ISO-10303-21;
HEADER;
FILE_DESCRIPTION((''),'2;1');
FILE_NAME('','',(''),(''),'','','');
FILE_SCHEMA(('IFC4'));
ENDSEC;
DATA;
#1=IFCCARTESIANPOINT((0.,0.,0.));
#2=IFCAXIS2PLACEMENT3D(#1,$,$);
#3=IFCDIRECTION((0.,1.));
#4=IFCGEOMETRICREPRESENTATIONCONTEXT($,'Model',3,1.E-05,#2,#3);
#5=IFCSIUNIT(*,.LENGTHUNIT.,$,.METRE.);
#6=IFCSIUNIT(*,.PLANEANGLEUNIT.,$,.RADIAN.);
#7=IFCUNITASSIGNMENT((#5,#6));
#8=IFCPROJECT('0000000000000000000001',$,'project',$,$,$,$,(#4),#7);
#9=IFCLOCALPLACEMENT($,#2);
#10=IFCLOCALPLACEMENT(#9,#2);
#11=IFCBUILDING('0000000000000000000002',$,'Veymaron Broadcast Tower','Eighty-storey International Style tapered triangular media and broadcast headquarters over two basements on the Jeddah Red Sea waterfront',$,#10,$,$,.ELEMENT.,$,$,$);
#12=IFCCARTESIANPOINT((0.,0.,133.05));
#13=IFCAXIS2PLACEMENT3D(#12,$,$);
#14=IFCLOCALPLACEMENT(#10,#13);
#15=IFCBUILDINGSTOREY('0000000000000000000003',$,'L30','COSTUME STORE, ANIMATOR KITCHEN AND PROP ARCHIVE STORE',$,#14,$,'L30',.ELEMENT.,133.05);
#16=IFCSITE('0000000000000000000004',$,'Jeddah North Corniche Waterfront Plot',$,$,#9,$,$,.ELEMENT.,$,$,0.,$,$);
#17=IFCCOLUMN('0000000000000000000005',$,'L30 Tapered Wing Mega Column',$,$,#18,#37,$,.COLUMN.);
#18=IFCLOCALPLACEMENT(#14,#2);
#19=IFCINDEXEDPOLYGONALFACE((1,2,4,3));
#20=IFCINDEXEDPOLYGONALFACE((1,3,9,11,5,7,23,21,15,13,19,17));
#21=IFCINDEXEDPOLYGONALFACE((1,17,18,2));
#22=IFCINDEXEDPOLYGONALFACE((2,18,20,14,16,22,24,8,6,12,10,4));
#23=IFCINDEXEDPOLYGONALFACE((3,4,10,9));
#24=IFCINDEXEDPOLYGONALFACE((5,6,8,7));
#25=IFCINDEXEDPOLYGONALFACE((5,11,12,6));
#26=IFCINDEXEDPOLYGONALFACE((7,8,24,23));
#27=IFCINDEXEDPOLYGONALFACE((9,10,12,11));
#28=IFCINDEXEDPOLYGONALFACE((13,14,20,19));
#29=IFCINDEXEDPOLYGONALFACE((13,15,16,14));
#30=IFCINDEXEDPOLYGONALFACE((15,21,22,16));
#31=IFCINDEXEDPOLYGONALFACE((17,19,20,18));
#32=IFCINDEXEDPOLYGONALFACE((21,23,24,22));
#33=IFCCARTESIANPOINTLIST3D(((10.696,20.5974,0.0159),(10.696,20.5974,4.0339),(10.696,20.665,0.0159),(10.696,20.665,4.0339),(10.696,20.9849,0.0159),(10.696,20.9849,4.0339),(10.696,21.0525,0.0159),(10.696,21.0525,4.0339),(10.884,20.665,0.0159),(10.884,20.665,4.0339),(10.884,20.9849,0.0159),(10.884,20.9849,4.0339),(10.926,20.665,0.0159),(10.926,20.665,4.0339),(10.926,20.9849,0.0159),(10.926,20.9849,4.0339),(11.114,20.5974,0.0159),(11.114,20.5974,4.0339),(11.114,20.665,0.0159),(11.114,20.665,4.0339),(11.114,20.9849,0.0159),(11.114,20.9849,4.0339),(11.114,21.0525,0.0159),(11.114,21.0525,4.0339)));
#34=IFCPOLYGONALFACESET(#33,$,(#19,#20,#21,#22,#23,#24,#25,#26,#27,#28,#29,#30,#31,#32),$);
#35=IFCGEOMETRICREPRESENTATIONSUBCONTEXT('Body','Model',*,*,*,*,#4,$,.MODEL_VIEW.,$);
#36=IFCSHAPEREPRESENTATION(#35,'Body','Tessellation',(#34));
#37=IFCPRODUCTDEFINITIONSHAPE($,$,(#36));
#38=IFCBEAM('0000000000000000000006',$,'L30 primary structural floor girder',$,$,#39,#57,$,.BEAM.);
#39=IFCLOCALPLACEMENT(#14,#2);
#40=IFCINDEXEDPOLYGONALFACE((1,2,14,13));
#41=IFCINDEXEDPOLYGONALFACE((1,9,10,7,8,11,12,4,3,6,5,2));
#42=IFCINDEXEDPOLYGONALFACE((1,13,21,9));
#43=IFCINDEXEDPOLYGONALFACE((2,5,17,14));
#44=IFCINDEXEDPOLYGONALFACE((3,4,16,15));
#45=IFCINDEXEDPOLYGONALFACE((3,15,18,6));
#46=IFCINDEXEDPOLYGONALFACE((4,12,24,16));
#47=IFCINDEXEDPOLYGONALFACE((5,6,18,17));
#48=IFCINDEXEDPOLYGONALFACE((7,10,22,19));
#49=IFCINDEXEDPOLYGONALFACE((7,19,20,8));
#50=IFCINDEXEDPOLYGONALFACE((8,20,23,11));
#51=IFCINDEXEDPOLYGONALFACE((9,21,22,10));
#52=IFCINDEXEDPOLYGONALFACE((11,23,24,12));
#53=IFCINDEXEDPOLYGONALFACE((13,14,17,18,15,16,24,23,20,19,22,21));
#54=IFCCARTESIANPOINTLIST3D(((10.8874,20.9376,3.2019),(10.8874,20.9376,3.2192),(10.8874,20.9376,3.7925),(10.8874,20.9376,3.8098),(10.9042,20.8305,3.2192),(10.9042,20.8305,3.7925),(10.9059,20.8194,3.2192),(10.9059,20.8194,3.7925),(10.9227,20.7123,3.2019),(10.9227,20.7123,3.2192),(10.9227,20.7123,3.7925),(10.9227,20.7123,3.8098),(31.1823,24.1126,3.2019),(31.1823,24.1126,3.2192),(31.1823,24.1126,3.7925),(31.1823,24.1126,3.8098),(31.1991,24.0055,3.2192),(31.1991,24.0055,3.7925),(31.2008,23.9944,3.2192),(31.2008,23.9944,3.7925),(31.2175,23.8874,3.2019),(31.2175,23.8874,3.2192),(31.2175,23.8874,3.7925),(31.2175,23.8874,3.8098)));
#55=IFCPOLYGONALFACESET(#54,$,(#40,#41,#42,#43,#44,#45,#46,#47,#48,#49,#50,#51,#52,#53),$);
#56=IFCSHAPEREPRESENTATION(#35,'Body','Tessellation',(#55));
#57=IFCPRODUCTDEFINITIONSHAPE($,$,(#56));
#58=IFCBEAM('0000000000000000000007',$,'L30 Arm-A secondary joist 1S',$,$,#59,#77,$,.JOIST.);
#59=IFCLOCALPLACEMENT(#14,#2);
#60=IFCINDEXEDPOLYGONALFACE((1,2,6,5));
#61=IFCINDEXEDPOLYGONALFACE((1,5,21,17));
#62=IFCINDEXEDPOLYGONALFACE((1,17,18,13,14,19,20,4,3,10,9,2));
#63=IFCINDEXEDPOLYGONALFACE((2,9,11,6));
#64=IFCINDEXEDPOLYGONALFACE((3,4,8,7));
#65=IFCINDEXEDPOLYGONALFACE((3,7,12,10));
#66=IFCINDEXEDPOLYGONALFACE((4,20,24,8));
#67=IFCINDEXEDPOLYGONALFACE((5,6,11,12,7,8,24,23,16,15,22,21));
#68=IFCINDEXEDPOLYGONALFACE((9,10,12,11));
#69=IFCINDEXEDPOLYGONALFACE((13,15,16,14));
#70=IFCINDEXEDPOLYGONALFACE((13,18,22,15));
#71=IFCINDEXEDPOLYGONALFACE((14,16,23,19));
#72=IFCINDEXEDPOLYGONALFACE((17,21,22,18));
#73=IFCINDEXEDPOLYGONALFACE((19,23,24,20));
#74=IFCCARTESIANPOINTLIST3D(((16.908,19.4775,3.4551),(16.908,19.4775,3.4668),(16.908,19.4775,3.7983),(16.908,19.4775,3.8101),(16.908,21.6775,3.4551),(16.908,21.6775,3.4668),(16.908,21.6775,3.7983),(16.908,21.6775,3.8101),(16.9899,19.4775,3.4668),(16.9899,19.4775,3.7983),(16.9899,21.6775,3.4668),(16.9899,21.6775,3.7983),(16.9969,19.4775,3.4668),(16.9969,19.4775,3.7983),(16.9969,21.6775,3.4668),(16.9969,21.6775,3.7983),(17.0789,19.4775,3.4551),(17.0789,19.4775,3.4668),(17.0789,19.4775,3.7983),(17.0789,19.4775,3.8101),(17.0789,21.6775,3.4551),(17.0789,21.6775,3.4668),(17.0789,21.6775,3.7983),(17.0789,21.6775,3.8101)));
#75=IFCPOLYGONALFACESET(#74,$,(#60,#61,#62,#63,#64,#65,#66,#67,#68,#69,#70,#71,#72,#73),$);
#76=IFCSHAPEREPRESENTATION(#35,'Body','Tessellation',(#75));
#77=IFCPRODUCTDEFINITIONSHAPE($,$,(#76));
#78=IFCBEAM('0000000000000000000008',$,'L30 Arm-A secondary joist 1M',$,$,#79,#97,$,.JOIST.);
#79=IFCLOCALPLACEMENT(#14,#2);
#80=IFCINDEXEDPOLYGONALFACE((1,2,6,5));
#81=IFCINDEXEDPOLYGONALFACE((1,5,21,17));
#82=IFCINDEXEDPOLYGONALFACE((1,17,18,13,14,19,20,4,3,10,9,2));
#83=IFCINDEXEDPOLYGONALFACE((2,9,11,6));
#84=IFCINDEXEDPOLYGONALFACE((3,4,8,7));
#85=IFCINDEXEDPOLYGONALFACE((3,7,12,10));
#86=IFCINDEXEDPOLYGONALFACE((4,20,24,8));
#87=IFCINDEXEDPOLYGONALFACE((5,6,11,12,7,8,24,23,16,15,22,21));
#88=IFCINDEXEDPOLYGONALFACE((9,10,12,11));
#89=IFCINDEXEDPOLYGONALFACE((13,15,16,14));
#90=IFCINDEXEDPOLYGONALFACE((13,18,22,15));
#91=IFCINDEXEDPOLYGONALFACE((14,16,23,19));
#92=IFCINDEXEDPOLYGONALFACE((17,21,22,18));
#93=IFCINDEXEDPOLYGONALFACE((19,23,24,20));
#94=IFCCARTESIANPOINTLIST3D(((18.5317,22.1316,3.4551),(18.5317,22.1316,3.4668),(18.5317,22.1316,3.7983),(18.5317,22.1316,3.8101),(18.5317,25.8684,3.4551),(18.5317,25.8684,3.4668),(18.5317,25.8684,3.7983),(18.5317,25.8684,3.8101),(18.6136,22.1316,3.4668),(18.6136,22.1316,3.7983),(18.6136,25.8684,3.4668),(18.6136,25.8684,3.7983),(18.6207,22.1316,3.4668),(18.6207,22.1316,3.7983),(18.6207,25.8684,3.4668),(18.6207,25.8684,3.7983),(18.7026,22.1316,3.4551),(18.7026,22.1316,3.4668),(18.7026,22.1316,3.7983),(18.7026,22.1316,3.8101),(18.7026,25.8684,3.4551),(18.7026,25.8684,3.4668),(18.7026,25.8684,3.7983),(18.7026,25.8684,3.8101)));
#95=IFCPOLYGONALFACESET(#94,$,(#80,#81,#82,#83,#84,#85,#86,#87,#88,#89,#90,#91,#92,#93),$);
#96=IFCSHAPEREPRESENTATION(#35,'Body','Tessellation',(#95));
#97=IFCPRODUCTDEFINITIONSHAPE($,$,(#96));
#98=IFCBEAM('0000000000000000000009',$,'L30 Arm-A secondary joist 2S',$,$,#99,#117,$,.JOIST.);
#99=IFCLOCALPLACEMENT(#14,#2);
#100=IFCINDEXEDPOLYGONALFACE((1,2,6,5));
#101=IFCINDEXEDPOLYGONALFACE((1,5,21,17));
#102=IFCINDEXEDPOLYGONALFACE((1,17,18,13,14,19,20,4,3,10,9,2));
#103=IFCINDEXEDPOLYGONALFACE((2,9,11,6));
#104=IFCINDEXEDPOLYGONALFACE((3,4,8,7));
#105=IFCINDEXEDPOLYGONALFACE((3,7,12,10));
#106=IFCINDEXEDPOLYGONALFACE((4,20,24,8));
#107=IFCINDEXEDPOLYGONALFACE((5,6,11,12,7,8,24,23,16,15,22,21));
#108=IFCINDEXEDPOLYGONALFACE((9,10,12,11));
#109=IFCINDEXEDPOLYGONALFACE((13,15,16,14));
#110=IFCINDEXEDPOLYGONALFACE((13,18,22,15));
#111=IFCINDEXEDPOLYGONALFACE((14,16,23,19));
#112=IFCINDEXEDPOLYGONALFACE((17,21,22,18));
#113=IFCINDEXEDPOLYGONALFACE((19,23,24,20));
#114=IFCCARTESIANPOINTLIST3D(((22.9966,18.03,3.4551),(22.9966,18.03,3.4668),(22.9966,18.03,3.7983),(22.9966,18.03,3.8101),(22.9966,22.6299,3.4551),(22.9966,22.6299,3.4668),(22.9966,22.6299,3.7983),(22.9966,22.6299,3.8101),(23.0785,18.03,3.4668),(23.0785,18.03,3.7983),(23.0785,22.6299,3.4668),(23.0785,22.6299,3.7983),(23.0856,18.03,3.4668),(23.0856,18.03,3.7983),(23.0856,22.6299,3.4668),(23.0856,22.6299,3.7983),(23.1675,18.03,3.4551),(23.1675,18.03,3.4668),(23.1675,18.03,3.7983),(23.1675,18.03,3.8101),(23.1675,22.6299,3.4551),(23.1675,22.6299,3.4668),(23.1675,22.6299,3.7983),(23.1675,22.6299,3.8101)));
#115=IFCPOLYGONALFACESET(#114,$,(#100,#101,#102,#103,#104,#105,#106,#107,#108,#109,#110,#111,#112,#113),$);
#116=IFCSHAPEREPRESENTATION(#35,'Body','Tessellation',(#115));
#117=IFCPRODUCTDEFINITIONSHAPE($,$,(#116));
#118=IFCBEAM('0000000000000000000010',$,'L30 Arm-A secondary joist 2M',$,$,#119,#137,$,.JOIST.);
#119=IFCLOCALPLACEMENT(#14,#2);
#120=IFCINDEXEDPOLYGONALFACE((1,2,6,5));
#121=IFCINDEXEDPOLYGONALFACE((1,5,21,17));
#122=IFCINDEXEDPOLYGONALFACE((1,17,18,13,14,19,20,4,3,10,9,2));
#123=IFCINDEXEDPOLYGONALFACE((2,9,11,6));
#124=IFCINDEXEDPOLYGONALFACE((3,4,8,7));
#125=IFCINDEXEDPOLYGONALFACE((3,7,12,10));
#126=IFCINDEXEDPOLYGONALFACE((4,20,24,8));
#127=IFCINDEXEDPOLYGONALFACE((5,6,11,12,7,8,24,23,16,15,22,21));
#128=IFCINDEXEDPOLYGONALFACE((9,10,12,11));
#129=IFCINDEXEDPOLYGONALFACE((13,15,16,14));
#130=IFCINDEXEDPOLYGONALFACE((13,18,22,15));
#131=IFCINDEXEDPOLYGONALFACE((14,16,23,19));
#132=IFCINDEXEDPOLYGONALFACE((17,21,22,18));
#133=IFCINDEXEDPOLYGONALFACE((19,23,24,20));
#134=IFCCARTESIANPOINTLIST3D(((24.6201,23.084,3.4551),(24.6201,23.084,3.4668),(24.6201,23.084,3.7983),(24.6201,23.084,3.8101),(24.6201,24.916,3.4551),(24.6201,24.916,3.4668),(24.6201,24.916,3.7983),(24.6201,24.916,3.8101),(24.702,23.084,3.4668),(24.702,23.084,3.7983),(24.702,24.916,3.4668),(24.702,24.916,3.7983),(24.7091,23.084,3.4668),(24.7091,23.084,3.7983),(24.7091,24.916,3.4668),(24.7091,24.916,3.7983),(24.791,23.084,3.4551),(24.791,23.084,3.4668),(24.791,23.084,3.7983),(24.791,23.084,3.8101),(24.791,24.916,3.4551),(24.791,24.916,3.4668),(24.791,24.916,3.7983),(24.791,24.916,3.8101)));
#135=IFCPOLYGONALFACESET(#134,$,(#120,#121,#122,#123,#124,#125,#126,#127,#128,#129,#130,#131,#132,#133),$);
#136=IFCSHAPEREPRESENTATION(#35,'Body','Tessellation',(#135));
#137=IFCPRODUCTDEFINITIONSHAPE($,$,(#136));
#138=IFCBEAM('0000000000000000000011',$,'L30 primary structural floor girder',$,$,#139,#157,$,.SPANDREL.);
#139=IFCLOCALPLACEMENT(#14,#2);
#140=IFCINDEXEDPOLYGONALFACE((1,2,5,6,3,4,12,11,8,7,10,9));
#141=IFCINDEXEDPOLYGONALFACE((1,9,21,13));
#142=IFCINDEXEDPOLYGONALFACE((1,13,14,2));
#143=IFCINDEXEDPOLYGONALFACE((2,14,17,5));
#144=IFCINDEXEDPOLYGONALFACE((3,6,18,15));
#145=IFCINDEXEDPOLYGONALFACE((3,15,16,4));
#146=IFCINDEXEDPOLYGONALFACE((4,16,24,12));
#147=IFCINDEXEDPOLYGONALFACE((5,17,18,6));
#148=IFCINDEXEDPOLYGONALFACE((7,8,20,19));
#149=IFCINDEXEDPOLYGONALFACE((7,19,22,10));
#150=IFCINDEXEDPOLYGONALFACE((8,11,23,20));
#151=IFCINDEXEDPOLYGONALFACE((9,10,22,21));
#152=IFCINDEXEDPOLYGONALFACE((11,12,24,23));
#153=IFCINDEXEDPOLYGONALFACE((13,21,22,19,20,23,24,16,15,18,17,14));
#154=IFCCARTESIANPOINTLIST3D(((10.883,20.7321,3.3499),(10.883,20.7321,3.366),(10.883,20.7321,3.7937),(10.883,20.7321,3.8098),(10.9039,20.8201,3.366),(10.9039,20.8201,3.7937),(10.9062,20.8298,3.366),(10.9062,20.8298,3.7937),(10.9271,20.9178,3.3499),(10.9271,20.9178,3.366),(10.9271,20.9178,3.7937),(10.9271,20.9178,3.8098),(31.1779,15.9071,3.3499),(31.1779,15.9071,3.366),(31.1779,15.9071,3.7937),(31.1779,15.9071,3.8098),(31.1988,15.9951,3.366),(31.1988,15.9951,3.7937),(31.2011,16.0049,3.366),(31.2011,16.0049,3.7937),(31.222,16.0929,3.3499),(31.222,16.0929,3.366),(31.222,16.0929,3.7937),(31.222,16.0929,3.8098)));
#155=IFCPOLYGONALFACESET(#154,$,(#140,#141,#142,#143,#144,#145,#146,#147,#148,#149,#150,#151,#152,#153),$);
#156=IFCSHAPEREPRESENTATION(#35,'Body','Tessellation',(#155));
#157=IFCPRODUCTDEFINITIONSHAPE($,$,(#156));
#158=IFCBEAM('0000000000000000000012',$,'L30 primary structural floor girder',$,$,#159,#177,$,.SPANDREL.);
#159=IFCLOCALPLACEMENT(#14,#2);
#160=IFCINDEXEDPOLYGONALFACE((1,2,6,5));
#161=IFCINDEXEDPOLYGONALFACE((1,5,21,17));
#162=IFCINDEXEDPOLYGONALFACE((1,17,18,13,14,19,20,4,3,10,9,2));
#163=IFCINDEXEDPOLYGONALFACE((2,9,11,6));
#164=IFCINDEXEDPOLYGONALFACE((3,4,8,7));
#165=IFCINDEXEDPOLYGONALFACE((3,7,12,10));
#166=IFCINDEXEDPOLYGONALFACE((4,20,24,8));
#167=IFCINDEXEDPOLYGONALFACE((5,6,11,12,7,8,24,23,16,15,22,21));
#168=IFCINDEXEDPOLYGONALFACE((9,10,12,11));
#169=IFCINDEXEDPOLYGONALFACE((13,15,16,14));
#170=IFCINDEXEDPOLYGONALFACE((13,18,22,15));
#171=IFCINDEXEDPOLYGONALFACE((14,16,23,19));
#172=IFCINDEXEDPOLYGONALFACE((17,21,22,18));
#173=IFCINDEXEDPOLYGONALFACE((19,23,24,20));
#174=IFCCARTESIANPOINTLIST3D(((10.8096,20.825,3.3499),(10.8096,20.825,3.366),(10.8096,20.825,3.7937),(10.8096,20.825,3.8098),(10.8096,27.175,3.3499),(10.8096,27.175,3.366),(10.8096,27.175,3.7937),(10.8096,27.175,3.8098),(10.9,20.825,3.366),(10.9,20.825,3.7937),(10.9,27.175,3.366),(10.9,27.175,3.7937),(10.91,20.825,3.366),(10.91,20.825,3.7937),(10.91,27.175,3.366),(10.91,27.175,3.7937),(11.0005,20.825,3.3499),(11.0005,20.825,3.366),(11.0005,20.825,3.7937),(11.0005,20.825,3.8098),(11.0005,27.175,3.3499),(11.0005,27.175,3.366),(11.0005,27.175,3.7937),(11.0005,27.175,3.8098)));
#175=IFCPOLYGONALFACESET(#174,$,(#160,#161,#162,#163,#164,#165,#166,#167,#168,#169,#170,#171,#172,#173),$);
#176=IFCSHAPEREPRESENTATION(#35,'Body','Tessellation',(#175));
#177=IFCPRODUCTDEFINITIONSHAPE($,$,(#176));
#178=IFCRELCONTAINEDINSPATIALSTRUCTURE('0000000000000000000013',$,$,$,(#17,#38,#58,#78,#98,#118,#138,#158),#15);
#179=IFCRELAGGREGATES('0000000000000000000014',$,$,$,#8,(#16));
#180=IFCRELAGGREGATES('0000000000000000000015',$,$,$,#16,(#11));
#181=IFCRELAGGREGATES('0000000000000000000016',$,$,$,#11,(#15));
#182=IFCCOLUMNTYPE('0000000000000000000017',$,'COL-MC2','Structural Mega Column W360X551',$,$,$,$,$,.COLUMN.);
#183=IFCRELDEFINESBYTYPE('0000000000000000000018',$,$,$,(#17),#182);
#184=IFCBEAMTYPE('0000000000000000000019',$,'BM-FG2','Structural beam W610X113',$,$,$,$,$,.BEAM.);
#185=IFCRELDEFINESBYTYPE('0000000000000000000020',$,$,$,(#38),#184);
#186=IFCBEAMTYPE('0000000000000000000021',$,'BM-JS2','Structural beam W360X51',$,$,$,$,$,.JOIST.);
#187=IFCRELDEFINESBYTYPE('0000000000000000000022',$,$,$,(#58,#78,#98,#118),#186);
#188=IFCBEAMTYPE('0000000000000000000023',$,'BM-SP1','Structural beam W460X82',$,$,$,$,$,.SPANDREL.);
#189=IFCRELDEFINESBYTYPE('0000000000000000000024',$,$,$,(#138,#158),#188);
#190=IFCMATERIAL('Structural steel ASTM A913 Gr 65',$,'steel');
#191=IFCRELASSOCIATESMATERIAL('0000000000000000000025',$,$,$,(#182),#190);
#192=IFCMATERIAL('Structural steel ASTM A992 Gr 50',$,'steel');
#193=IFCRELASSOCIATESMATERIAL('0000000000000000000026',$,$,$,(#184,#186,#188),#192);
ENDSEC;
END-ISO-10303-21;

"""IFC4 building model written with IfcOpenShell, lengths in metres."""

from ifc_helpers import new_model, si_unit, direction, frame, origin, origin_2d, place, context, subcontext, project, spatial, i_section, extrude, material, material_profile, profile_set, type_object, element, save


model = new_model("IFC4")

# Units and contexts
model_context = context("Model", 3, precision=1e-05, world=origin(), true_north=direction((0.0, 1.0)))
body_context = subcontext(model_context, "Body", "Model", "MODEL_VIEW")
ifc_project = project(units=[si_unit("LENGTHUNIT", "METRE"), si_unit("PLANEANGLEUNIT", "RADIAN")], contexts=[model_context])

# Site, building, storey
site_placement = place(None, origin())
site = spatial("IfcSite", under=ifc_project, at=site_placement, Name="Jeddah North Corniche Waterfront Plot", CompositionType="ELEMENT", RefElevation=0.0)
building_placement = place(site_placement, origin())
building = spatial("IfcBuilding", under=site, at=building_placement, Name="Veymaron Broadcast Tower", Description="Eighty-storey International Style tapered triangular media and broadcast headquarters over two basements on the Jeddah Red Sea waterfront", CompositionType="ELEMENT")
storey_placement = place(building_placement, frame((0.0, 0.0, 133.05)))
storey = spatial("IfcBuildingStorey", under=building, at=storey_placement, Name="L30", Description="COSTUME STORE, ANIMATOR KITCHEN AND PROP ARCHIVE STORE", LongName="L30", CompositionType="ELEMENT", Elevation=133.05)

# Column
ifc_material_1 = material(Name="Structural steel ASTM A913 Gr 65", Category="steel")
ifc_material_profile_1 = material_profile(ifc_material_1, i_section(OverallWidth=0.418, OverallDepth=0.4551, WebThickness=0.042, FlangeThickness=0.0676, at=origin_2d()), Name="W360X551")
ifc_profile_set_1 = profile_set([ifc_material_profile_1], Name="Structural steel ASTM A913 Gr 65")
column_type = type_object("IfcColumnType", Name="COL-MC2", Description="Structural Mega Column W360X551", PredefinedType="COLUMN", material=ifc_profile_set_1)
column_placement = place(storey_placement, frame((10.905, 20.825, 0.0159), z_axis=(0.0, 0.0, 1.0), x_axis=(1.0, 0.0, 0.0)))
element("IfcColumn", 1, at=column_placement, inside=storey, type_object=column_type, Name="L30 Tapered Wing Mega Column", PredefinedType="COLUMN", context=body_context, shape_type="SweptSolid", body=[
    extrude(i_section(OverallWidth=0.418, OverallDepth=0.4551, WebThickness=0.042, FlangeThickness=0.0676, at=origin_2d()), origin(), (0.0, 0.0, 1.0), 4.0181),
])

# Beams
ifc_material_2 = material(Name="Structural steel ASTM A992 Gr 50", Category="steel")
ifc_material_profile_2 = material_profile(ifc_material_2, i_section(OverallWidth=0.228, OverallDepth=0.6079, WebThickness=0.0112, FlangeThickness=0.0173, at=origin_2d()), Name="W610X113")
ifc_profile_set_2 = profile_set([ifc_material_profile_2], Name="Structural steel ASTM A992 Gr 50")
beam_type_1 = type_object("IfcBeamType", Name="BM-FG2", Description="Structural beam W610X113", PredefinedType="BEAM", material=ifc_profile_set_2)
beam_1_placement = place(storey_placement, frame((10.905, 20.825, 3.5059), z_axis=(0.987983, 0.154565, 0.0), x_axis=(-0.154565, 0.987983, 0.0)))
element("IfcBeam", 2, at=beam_1_placement, inside=storey, type_object=beam_type_1, Name="L30 primary structural floor girder", PredefinedType="BEAM", context=body_context, shape_type="SweptSolid", body=[
    extrude(i_section(OverallWidth=0.228, OverallDepth=0.6079, WebThickness=0.0112, FlangeThickness=0.0173, at=origin_2d()), origin(), (0.0, 0.0, 1.0), 20.5417),
])
ifc_material_profile_3 = material_profile(ifc_material_2, i_section(OverallWidth=0.1709, OverallDepth=0.355, WebThickness=0.0071, FlangeThickness=0.0117, at=origin_2d()), Name="W360X51")
ifc_profile_set_3 = profile_set([ifc_material_profile_3], Name="Structural steel ASTM A992 Gr 50")
beam_type_2 = type_object("IfcBeamType", Name="BM-JS2", Description="Structural beam W360X51", PredefinedType="JOIST", material=ifc_profile_set_3)
beam_2_placement = place(storey_placement, frame((16.9934, 19.4775, 3.6326), z_axis=(0.0, 1.0, 0.0), x_axis=(-1.0, 0.0, 0.0)))
element("IfcBeam", 3, at=beam_2_placement, inside=storey, type_object=beam_type_2, Name="L30 Arm-A secondary joist 1S", PredefinedType="JOIST", context=body_context, shape_type="SweptSolid", body=[
    extrude(i_section(OverallWidth=0.1709, OverallDepth=0.355, WebThickness=0.0071, FlangeThickness=0.0117, at=origin_2d()), origin(), (0.0, 0.0, 1.0), 2.2),
])
beam_3_placement = place(storey_placement, frame((18.6172, 22.1316, 3.6326), z_axis=(0.0, 1.0, 0.0), x_axis=(-1.0, 0.0, 0.0)))
element("IfcBeam", 4, at=beam_3_placement, inside=storey, type_object=beam_type_2, Name="L30 Arm-A secondary joist 1M", PredefinedType="JOIST", context=body_context, shape_type="SweptSolid", body=[
    extrude(i_section(OverallWidth=0.1709, OverallDepth=0.355, WebThickness=0.0071, FlangeThickness=0.0117, at=origin_2d()), origin(), (0.0, 0.0, 1.0), 3.7368),
])
beam_4_placement = place(storey_placement, frame((23.082, 18.03, 3.6326), z_axis=(0.0, 1.0, 0.0), x_axis=(-1.0, 0.0, 0.0)))
element("IfcBeam", 5, at=beam_4_placement, inside=storey, type_object=beam_type_2, Name="L30 Arm-A secondary joist 2S", PredefinedType="JOIST", context=body_context, shape_type="SweptSolid", body=[
    extrude(i_section(OverallWidth=0.1709, OverallDepth=0.355, WebThickness=0.0071, FlangeThickness=0.0117, at=origin_2d()), origin(), (0.0, 0.0, 1.0), 4.5999),
])
beam_5_placement = place(storey_placement, frame((24.7056, 23.084, 3.6326), z_axis=(0.0, 1.0, 0.0), x_axis=(-1.0, 0.0, 0.0)))
element("IfcBeam", 6, at=beam_5_placement, inside=storey, type_object=beam_type_2, Name="L30 Arm-A secondary joist 2M", PredefinedType="JOIST", context=body_context, shape_type="SweptSolid", body=[
    extrude(i_section(OverallWidth=0.1709, OverallDepth=0.355, WebThickness=0.0071, FlangeThickness=0.0117, at=origin_2d()), origin(), (0.0, 0.0, 1.0), 1.832),
])
ifc_material_profile_4 = material_profile(ifc_material_2, i_section(OverallWidth=0.1909, OverallDepth=0.46, WebThickness=0.01, FlangeThickness=0.0161, at=origin_2d()), Name="W460X82")
ifc_profile_set_4 = profile_set([ifc_material_profile_4], Name="Structural steel ASTM A992 Gr 50")
beam_type_3 = type_object("IfcBeamType", Name="BM-SP1", Description="Structural beam W460X82", PredefinedType="SPANDREL", material=ifc_profile_set_4)
beam_6_placement = place(storey_placement, frame((10.905, 20.825, 3.5798), z_axis=(0.972884, -0.231295, 0.0), x_axis=(0.231295, 0.972884, 0.0)))
element("IfcBeam", 7, at=beam_6_placement, inside=storey, type_object=beam_type_3, Name="L30 primary structural floor girder", PredefinedType="SPANDREL", context=body_context, shape_type="SweptSolid", body=[
    extrude(i_section(OverallWidth=0.1909, OverallDepth=0.46, WebThickness=0.01, FlangeThickness=0.0161, at=origin_2d()), origin(), (0.0, 0.0, 1.0), 20.8606),
])
beam_7_placement = place(storey_placement, frame((10.905, 20.825, 3.5798), z_axis=(0.0, 1.0, 0.0), x_axis=(-1.0, 0.0, 0.0)))
element("IfcBeam", 8, at=beam_7_placement, inside=storey, type_object=beam_type_3, Name="L30 primary structural floor girder", PredefinedType="SPANDREL", context=body_context, shape_type="SweptSolid", body=[
    extrude(i_section(OverallWidth=0.1909, OverallDepth=0.46, WebThickness=0.01, FlangeThickness=0.0161, at=origin_2d()), origin(), (0.0, 0.0, 1.0), 6.3501),
])

save(model, "model.ifc")
